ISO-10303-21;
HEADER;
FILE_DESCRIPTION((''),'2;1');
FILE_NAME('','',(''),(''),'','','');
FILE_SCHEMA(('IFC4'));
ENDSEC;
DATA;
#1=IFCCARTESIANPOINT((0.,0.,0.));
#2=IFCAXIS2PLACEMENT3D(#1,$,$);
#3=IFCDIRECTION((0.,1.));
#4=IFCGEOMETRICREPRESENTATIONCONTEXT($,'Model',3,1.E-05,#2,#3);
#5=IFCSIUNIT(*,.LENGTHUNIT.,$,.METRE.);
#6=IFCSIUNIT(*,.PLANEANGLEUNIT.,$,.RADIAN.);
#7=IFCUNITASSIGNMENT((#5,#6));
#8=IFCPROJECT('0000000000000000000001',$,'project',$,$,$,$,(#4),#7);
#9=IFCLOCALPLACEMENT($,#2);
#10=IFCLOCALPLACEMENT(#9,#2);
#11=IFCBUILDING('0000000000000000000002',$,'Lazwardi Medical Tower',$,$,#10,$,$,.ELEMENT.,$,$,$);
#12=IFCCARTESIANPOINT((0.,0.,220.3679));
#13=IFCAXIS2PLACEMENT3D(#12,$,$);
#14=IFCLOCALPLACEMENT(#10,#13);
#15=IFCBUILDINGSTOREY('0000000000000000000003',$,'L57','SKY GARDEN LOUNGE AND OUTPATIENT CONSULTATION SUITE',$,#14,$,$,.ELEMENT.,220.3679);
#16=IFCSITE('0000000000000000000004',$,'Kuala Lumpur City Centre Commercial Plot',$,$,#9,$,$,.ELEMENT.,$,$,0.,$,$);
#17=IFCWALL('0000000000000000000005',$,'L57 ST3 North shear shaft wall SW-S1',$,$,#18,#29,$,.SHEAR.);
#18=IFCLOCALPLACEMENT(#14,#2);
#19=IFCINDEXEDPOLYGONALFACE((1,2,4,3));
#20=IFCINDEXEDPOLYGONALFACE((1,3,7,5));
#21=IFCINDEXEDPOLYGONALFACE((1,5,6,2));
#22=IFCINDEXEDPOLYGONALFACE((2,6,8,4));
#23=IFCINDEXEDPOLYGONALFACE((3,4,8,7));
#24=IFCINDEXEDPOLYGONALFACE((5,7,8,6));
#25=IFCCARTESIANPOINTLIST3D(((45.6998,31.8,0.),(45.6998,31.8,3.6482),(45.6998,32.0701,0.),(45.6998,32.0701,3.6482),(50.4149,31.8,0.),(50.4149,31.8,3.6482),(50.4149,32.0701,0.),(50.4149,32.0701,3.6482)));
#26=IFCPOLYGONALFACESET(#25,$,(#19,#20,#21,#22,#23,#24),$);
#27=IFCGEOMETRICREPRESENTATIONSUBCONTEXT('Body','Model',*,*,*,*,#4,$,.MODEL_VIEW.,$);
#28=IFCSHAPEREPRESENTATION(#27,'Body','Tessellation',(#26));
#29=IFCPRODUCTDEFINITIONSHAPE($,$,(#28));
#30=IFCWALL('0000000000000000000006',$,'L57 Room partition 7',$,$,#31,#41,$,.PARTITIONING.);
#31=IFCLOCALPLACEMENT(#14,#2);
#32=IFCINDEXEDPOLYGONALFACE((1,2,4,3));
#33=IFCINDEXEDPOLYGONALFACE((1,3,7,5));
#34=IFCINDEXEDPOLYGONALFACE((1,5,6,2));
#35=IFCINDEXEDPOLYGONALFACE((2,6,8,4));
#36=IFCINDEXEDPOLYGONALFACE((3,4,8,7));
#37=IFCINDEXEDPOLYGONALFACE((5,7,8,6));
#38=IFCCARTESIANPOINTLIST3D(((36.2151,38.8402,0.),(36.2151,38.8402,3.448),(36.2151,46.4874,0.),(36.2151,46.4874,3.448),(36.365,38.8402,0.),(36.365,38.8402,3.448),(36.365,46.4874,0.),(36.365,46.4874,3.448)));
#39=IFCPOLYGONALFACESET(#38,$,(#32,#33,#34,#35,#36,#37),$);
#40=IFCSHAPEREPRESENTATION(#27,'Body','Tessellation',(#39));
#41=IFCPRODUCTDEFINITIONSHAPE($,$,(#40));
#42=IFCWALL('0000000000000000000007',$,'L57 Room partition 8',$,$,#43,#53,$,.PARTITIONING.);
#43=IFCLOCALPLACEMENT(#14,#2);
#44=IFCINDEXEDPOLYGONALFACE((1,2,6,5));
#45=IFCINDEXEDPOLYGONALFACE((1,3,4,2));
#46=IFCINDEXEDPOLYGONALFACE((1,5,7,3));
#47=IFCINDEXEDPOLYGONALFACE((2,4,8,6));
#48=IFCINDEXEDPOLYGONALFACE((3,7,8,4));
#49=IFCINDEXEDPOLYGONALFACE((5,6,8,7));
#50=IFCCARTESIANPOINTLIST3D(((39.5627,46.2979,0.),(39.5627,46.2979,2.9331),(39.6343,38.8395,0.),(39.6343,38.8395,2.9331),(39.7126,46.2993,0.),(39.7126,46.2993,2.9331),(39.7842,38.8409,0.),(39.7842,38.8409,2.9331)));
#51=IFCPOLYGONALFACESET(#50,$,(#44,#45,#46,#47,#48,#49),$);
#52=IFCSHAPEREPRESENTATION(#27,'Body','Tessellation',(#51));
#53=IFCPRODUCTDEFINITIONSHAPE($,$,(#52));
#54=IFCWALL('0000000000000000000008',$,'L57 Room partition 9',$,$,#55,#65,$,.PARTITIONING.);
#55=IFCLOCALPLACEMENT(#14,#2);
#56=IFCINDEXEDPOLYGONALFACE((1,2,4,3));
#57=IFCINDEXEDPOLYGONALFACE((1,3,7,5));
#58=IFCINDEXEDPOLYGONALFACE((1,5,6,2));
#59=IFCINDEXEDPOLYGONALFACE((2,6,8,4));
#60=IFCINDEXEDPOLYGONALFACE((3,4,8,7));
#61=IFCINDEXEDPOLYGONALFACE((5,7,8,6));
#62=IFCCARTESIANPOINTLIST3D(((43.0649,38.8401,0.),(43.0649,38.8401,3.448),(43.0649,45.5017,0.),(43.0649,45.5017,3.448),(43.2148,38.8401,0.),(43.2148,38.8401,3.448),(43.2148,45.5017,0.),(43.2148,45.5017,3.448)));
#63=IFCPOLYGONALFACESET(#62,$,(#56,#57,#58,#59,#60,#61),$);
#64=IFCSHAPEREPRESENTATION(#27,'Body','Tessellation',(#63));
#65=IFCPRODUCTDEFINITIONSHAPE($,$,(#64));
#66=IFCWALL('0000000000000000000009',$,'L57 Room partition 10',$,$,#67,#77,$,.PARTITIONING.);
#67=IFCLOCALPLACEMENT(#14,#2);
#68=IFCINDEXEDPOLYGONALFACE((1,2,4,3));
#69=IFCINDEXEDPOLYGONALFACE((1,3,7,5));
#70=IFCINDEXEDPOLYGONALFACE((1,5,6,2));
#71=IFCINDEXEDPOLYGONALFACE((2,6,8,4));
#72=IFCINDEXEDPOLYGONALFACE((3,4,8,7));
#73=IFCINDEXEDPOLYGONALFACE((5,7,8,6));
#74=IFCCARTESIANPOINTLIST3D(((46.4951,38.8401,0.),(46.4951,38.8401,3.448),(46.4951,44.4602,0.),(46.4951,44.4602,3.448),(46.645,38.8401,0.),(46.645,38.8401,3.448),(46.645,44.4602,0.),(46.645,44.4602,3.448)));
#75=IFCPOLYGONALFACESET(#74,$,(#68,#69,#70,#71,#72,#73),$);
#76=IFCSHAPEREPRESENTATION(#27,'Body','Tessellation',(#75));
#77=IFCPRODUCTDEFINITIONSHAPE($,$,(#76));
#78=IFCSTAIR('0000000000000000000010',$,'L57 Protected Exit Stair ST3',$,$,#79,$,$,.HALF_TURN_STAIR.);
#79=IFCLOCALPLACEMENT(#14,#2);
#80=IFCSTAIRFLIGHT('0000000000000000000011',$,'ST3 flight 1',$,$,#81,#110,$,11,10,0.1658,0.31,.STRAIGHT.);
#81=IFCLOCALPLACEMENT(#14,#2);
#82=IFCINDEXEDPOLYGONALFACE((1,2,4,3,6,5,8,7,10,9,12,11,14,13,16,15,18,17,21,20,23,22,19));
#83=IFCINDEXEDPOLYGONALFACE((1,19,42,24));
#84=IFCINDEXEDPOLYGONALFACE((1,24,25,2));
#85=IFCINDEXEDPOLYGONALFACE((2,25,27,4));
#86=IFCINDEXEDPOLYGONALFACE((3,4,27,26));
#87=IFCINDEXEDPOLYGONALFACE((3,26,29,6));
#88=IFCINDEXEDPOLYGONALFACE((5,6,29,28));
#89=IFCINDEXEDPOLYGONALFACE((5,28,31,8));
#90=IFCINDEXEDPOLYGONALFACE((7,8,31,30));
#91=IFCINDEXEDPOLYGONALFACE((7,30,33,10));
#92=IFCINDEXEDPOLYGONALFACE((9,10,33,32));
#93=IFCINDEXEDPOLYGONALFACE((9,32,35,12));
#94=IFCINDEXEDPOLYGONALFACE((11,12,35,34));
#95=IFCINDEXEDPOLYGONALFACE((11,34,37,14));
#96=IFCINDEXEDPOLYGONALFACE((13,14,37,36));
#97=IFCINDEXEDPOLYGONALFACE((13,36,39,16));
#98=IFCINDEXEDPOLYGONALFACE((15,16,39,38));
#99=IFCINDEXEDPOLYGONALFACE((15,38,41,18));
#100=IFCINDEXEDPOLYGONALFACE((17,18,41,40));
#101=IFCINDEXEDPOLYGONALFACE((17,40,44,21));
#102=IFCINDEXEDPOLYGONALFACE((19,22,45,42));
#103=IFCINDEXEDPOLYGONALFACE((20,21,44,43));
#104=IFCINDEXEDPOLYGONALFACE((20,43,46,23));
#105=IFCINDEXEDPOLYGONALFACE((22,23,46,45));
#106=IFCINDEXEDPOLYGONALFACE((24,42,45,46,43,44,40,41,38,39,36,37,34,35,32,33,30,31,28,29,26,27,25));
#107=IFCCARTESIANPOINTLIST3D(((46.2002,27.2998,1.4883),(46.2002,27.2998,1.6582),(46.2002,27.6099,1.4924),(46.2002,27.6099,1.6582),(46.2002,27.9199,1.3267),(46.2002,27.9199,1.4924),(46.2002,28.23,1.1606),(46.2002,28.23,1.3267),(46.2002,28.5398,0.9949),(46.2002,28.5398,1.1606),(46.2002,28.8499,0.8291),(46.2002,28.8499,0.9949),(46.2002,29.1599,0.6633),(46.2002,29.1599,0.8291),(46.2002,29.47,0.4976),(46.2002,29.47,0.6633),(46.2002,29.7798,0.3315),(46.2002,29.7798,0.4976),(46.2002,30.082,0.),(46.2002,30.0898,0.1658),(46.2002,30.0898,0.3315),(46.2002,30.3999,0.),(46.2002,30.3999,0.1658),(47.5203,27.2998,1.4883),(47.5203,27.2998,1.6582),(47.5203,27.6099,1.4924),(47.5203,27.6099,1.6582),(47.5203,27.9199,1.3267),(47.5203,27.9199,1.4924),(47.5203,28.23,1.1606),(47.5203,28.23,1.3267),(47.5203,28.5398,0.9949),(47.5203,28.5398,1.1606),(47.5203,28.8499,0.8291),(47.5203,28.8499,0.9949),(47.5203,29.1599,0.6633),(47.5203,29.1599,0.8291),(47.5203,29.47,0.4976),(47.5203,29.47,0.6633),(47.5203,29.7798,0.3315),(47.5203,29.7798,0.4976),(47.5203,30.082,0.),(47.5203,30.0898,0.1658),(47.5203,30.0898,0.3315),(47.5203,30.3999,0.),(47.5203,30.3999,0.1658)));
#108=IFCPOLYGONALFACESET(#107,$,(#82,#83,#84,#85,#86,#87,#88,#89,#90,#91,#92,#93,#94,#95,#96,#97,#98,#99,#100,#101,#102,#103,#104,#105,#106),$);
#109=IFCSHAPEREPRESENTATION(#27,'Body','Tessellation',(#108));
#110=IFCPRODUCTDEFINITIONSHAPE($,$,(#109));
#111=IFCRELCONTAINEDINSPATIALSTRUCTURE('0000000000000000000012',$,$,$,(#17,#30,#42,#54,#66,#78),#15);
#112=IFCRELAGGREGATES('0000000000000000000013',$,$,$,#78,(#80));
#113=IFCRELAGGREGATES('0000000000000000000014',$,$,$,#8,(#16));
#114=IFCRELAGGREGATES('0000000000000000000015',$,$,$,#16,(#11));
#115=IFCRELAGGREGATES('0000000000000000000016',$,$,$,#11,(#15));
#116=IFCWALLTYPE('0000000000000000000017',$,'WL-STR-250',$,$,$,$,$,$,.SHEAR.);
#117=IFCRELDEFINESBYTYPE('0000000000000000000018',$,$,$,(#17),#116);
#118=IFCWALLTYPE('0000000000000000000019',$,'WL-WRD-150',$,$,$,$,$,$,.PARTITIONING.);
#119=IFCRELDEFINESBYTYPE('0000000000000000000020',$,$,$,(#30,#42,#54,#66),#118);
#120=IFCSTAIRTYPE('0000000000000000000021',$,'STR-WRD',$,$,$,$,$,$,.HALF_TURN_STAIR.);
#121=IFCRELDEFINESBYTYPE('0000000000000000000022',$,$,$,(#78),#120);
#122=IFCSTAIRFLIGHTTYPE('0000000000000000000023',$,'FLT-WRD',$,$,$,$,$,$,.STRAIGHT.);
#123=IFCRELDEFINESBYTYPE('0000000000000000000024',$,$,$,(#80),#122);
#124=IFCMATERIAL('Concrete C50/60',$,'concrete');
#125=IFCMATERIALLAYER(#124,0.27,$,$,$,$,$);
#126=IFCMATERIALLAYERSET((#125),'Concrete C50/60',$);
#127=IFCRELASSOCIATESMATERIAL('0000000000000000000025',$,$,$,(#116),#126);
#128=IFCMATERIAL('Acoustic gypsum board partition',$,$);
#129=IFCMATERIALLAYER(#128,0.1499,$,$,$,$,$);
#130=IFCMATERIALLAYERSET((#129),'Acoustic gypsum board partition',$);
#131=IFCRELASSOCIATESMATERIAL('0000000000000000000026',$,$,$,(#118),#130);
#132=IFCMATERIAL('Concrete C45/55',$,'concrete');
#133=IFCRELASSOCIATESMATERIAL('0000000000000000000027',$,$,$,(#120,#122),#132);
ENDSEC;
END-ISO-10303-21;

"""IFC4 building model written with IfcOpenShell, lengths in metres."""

from ifc_helpers import new_model, si_unit, direction, frame, frame_2d, origin, place, context, subcontext, project, spatial, polyline, rectangle, outline, extrude, material, layer, layer_set, type_object, element, aggregate, save


model = new_model("IFC4")

# Units and contexts
model_context = context("Model", 3, precision=1e-05, world=origin(), true_north=direction((0.0, 1.0)))
body_context = subcontext(model_context, "Body", "Model", "MODEL_VIEW")
ifc_project = project(units=[si_unit("LENGTHUNIT", "METRE"), si_unit("PLANEANGLEUNIT", "RADIAN")], contexts=[model_context])

# Site, building, storey
site_placement = place(None, origin())
site = spatial("IfcSite", under=ifc_project, at=site_placement, Name="Kuala Lumpur City Centre Commercial Plot", CompositionType="ELEMENT", RefElevation=0.0)
building_placement = place(site_placement, origin())
building = spatial("IfcBuilding", under=site, at=building_placement, Name="Lazwardi Medical Tower", CompositionType="ELEMENT")
storey_placement = place(building_placement, frame((0.0, 0.0, 220.3679)))
storey = spatial("IfcBuildingStorey", under=building, at=storey_placement, Name="L57", Description="SKY GARDEN LOUNGE AND OUTPATIENT CONSULTATION SUITE", CompositionType="ELEMENT", Elevation=220.3679)

# Walls
ifc_material_1 = material(Name="Concrete C50/60", Category="concrete")
ifc_layer_1 = layer(ifc_material_1, 0.27)
ifc_layer_set_1 = layer_set([ifc_layer_1], Name="Concrete C50/60")
wall_type_1 = type_object("IfcWallType", Name="WL-STR-250", PredefinedType="SHEAR", material=ifc_layer_set_1)
wall_1_placement = place(storey_placement, frame((45.7, 31.9351, 0.0), z_axis=(0.0, 0.0, 1.0), x_axis=(1.0, 0.0, 0.0)))
element("IfcWall", 1, at=wall_1_placement, inside=storey, type_object=wall_type_1, Name="L57 ST3 North shear shaft wall SW-S1", PredefinedType="SHEAR", context=body_context, shape_type="SweptSolid", body=[
    extrude(rectangle(XDim=4.7151, YDim=0.27, at=frame_2d((2.3574, 0.0))), origin(), (0.0, 0.0, 1.0), 3.6482),
])
ifc_material_2 = material(Name="Acoustic gypsum board partition")
ifc_layer_2 = layer(ifc_material_2, 0.1499)
ifc_layer_set_2 = layer_set([ifc_layer_2], Name="Acoustic gypsum board partition")
wall_type_2 = type_object("IfcWallType", Name="WL-WRD-150", PredefinedType="PARTITIONING", material=ifc_layer_set_2)
wall_2_placement = place(storey_placement, frame((36.29, 38.8401, 0.0), z_axis=(0.0, 0.0, 1.0), x_axis=(0.0, 1.0, 0.0)))
element("IfcWall", 2, at=wall_2_placement, inside=storey, type_object=wall_type_2, Name="L57 Room partition 7", PredefinedType="PARTITIONING", context=body_context, shape_type="SweptSolid", body=[
    extrude(rectangle(XDim=7.6472, YDim=0.1499, at=frame_2d((3.8237, 0.0))), origin(), (0.0, 0.0, 1.0), 3.448),
])
wall_3_placement = place(storey_placement, frame((39.7092, 38.8401, 0.0), z_axis=(0.0, 0.0, 1.0), x_axis=(-0.00959, 0.999954, 0.0)))
element("IfcWall", 3, at=wall_3_placement, inside=storey, type_object=wall_type_2, Name="L57 Room partition 8", PredefinedType="PARTITIONING", context=body_context, shape_type="SweptSolid", body=[
    extrude(rectangle(XDim=7.4587, YDim=0.1499, at=frame_2d((3.7295, 0.0))), origin(), (0.0, 0.0, 1.0), 2.9331),
])
wall_4_placement = place(storey_placement, frame((43.1399, 38.8401, 0.0), z_axis=(0.0, 0.0, 1.0), x_axis=(0.0, 1.0, 0.0)))
element("IfcWall", 4, at=wall_4_placement, inside=storey, type_object=wall_type_2, Name="L57 Room partition 9", PredefinedType="PARTITIONING", context=body_context, shape_type="SweptSolid", body=[
    extrude(rectangle(XDim=6.6616, YDim=0.1499, at=frame_2d((3.3308, 0.0))), origin(), (0.0, 0.0, 1.0), 3.448),
])
wall_5_placement = place(storey_placement, frame((46.5701, 38.8401, 0.0), z_axis=(0.0, 0.0, 1.0), x_axis=(0.0, 1.0, 0.0)))
element("IfcWall", 5, at=wall_5_placement, inside=storey, type_object=wall_type_2, Name="L57 Room partition 10", PredefinedType="PARTITIONING", context=body_context, shape_type="SweptSolid", body=[
    extrude(rectangle(XDim=5.6201, YDim=0.1499, at=frame_2d((2.8101, 0.0))), origin(), (0.0, 0.0, 1.0), 3.448),
])

# Stair, stair flight
ifc_material_3 = material(Name="Concrete C45/55", Category="concrete")
stair_type = type_object("IfcStairType", Name="STR-WRD", PredefinedType="HALF_TURN_STAIR", material=ifc_material_3)
stair_placement = place(storey_placement, origin())
stair = element("IfcStair", 6, at=stair_placement, inside=storey, type_object=stair_type, Name="L57 Protected Exit Stair ST3", PredefinedType="HALF_TURN_STAIR")
stair_flight_type = type_object("IfcStairFlightType", Name="FLT-WRD", PredefinedType="STRAIGHT", material=ifc_material_3)
stair_flight_placement = place(storey_placement, frame((46.8601, 30.3999, 0.0), z_axis=(0.0, 0.0, 1.0), x_axis=(0.0, -1.0, 0.0)))
stair_flight = element("IfcStairFlight", 7, at=stair_flight_placement, type_object=stair_flight_type, Name="ST3 flight 1", NumberOfRisers=11, NumberOfTreads=10, PredefinedType="STRAIGHT", RiserHeight=0.1658, TreadLength=0.31, context=body_context, shape_type="SweptSolid", body=[
    extrude(outline(polyline([(0.0, 0.0), (0.0, 0.1658), (0.3101, 0.1658), (0.3101, 0.3315), (0.6201, 0.3315), (0.6201, 0.4976), (0.9299, 0.4976), (0.9299, 0.6633), (1.24, 0.6633), (1.24, 0.8291), (1.55, 0.8291), (1.55, 0.9949), (1.8601, 0.9949), (1.8601, 1.1606), (2.1699, 1.1606), (2.1699, 1.3267), (2.48, 1.3267), (2.48, 1.4924), (2.79, 1.4924), (2.79, 1.6582), (3.1001, 1.6582), (3.1001, 1.824), (3.1001, 1.4883), (0.3179, 0.0), (0.0, 0.0)])), frame((0.0, 0.6602, 0.0), z_axis=(0.0, -1.0, 0.0), x_axis=(1.0, 0.0, 0.0)), (0.0, 0.0, 1.0), 1.3201),
])
aggregate(stair, [stair_flight])

save(model, "model.ifc")
